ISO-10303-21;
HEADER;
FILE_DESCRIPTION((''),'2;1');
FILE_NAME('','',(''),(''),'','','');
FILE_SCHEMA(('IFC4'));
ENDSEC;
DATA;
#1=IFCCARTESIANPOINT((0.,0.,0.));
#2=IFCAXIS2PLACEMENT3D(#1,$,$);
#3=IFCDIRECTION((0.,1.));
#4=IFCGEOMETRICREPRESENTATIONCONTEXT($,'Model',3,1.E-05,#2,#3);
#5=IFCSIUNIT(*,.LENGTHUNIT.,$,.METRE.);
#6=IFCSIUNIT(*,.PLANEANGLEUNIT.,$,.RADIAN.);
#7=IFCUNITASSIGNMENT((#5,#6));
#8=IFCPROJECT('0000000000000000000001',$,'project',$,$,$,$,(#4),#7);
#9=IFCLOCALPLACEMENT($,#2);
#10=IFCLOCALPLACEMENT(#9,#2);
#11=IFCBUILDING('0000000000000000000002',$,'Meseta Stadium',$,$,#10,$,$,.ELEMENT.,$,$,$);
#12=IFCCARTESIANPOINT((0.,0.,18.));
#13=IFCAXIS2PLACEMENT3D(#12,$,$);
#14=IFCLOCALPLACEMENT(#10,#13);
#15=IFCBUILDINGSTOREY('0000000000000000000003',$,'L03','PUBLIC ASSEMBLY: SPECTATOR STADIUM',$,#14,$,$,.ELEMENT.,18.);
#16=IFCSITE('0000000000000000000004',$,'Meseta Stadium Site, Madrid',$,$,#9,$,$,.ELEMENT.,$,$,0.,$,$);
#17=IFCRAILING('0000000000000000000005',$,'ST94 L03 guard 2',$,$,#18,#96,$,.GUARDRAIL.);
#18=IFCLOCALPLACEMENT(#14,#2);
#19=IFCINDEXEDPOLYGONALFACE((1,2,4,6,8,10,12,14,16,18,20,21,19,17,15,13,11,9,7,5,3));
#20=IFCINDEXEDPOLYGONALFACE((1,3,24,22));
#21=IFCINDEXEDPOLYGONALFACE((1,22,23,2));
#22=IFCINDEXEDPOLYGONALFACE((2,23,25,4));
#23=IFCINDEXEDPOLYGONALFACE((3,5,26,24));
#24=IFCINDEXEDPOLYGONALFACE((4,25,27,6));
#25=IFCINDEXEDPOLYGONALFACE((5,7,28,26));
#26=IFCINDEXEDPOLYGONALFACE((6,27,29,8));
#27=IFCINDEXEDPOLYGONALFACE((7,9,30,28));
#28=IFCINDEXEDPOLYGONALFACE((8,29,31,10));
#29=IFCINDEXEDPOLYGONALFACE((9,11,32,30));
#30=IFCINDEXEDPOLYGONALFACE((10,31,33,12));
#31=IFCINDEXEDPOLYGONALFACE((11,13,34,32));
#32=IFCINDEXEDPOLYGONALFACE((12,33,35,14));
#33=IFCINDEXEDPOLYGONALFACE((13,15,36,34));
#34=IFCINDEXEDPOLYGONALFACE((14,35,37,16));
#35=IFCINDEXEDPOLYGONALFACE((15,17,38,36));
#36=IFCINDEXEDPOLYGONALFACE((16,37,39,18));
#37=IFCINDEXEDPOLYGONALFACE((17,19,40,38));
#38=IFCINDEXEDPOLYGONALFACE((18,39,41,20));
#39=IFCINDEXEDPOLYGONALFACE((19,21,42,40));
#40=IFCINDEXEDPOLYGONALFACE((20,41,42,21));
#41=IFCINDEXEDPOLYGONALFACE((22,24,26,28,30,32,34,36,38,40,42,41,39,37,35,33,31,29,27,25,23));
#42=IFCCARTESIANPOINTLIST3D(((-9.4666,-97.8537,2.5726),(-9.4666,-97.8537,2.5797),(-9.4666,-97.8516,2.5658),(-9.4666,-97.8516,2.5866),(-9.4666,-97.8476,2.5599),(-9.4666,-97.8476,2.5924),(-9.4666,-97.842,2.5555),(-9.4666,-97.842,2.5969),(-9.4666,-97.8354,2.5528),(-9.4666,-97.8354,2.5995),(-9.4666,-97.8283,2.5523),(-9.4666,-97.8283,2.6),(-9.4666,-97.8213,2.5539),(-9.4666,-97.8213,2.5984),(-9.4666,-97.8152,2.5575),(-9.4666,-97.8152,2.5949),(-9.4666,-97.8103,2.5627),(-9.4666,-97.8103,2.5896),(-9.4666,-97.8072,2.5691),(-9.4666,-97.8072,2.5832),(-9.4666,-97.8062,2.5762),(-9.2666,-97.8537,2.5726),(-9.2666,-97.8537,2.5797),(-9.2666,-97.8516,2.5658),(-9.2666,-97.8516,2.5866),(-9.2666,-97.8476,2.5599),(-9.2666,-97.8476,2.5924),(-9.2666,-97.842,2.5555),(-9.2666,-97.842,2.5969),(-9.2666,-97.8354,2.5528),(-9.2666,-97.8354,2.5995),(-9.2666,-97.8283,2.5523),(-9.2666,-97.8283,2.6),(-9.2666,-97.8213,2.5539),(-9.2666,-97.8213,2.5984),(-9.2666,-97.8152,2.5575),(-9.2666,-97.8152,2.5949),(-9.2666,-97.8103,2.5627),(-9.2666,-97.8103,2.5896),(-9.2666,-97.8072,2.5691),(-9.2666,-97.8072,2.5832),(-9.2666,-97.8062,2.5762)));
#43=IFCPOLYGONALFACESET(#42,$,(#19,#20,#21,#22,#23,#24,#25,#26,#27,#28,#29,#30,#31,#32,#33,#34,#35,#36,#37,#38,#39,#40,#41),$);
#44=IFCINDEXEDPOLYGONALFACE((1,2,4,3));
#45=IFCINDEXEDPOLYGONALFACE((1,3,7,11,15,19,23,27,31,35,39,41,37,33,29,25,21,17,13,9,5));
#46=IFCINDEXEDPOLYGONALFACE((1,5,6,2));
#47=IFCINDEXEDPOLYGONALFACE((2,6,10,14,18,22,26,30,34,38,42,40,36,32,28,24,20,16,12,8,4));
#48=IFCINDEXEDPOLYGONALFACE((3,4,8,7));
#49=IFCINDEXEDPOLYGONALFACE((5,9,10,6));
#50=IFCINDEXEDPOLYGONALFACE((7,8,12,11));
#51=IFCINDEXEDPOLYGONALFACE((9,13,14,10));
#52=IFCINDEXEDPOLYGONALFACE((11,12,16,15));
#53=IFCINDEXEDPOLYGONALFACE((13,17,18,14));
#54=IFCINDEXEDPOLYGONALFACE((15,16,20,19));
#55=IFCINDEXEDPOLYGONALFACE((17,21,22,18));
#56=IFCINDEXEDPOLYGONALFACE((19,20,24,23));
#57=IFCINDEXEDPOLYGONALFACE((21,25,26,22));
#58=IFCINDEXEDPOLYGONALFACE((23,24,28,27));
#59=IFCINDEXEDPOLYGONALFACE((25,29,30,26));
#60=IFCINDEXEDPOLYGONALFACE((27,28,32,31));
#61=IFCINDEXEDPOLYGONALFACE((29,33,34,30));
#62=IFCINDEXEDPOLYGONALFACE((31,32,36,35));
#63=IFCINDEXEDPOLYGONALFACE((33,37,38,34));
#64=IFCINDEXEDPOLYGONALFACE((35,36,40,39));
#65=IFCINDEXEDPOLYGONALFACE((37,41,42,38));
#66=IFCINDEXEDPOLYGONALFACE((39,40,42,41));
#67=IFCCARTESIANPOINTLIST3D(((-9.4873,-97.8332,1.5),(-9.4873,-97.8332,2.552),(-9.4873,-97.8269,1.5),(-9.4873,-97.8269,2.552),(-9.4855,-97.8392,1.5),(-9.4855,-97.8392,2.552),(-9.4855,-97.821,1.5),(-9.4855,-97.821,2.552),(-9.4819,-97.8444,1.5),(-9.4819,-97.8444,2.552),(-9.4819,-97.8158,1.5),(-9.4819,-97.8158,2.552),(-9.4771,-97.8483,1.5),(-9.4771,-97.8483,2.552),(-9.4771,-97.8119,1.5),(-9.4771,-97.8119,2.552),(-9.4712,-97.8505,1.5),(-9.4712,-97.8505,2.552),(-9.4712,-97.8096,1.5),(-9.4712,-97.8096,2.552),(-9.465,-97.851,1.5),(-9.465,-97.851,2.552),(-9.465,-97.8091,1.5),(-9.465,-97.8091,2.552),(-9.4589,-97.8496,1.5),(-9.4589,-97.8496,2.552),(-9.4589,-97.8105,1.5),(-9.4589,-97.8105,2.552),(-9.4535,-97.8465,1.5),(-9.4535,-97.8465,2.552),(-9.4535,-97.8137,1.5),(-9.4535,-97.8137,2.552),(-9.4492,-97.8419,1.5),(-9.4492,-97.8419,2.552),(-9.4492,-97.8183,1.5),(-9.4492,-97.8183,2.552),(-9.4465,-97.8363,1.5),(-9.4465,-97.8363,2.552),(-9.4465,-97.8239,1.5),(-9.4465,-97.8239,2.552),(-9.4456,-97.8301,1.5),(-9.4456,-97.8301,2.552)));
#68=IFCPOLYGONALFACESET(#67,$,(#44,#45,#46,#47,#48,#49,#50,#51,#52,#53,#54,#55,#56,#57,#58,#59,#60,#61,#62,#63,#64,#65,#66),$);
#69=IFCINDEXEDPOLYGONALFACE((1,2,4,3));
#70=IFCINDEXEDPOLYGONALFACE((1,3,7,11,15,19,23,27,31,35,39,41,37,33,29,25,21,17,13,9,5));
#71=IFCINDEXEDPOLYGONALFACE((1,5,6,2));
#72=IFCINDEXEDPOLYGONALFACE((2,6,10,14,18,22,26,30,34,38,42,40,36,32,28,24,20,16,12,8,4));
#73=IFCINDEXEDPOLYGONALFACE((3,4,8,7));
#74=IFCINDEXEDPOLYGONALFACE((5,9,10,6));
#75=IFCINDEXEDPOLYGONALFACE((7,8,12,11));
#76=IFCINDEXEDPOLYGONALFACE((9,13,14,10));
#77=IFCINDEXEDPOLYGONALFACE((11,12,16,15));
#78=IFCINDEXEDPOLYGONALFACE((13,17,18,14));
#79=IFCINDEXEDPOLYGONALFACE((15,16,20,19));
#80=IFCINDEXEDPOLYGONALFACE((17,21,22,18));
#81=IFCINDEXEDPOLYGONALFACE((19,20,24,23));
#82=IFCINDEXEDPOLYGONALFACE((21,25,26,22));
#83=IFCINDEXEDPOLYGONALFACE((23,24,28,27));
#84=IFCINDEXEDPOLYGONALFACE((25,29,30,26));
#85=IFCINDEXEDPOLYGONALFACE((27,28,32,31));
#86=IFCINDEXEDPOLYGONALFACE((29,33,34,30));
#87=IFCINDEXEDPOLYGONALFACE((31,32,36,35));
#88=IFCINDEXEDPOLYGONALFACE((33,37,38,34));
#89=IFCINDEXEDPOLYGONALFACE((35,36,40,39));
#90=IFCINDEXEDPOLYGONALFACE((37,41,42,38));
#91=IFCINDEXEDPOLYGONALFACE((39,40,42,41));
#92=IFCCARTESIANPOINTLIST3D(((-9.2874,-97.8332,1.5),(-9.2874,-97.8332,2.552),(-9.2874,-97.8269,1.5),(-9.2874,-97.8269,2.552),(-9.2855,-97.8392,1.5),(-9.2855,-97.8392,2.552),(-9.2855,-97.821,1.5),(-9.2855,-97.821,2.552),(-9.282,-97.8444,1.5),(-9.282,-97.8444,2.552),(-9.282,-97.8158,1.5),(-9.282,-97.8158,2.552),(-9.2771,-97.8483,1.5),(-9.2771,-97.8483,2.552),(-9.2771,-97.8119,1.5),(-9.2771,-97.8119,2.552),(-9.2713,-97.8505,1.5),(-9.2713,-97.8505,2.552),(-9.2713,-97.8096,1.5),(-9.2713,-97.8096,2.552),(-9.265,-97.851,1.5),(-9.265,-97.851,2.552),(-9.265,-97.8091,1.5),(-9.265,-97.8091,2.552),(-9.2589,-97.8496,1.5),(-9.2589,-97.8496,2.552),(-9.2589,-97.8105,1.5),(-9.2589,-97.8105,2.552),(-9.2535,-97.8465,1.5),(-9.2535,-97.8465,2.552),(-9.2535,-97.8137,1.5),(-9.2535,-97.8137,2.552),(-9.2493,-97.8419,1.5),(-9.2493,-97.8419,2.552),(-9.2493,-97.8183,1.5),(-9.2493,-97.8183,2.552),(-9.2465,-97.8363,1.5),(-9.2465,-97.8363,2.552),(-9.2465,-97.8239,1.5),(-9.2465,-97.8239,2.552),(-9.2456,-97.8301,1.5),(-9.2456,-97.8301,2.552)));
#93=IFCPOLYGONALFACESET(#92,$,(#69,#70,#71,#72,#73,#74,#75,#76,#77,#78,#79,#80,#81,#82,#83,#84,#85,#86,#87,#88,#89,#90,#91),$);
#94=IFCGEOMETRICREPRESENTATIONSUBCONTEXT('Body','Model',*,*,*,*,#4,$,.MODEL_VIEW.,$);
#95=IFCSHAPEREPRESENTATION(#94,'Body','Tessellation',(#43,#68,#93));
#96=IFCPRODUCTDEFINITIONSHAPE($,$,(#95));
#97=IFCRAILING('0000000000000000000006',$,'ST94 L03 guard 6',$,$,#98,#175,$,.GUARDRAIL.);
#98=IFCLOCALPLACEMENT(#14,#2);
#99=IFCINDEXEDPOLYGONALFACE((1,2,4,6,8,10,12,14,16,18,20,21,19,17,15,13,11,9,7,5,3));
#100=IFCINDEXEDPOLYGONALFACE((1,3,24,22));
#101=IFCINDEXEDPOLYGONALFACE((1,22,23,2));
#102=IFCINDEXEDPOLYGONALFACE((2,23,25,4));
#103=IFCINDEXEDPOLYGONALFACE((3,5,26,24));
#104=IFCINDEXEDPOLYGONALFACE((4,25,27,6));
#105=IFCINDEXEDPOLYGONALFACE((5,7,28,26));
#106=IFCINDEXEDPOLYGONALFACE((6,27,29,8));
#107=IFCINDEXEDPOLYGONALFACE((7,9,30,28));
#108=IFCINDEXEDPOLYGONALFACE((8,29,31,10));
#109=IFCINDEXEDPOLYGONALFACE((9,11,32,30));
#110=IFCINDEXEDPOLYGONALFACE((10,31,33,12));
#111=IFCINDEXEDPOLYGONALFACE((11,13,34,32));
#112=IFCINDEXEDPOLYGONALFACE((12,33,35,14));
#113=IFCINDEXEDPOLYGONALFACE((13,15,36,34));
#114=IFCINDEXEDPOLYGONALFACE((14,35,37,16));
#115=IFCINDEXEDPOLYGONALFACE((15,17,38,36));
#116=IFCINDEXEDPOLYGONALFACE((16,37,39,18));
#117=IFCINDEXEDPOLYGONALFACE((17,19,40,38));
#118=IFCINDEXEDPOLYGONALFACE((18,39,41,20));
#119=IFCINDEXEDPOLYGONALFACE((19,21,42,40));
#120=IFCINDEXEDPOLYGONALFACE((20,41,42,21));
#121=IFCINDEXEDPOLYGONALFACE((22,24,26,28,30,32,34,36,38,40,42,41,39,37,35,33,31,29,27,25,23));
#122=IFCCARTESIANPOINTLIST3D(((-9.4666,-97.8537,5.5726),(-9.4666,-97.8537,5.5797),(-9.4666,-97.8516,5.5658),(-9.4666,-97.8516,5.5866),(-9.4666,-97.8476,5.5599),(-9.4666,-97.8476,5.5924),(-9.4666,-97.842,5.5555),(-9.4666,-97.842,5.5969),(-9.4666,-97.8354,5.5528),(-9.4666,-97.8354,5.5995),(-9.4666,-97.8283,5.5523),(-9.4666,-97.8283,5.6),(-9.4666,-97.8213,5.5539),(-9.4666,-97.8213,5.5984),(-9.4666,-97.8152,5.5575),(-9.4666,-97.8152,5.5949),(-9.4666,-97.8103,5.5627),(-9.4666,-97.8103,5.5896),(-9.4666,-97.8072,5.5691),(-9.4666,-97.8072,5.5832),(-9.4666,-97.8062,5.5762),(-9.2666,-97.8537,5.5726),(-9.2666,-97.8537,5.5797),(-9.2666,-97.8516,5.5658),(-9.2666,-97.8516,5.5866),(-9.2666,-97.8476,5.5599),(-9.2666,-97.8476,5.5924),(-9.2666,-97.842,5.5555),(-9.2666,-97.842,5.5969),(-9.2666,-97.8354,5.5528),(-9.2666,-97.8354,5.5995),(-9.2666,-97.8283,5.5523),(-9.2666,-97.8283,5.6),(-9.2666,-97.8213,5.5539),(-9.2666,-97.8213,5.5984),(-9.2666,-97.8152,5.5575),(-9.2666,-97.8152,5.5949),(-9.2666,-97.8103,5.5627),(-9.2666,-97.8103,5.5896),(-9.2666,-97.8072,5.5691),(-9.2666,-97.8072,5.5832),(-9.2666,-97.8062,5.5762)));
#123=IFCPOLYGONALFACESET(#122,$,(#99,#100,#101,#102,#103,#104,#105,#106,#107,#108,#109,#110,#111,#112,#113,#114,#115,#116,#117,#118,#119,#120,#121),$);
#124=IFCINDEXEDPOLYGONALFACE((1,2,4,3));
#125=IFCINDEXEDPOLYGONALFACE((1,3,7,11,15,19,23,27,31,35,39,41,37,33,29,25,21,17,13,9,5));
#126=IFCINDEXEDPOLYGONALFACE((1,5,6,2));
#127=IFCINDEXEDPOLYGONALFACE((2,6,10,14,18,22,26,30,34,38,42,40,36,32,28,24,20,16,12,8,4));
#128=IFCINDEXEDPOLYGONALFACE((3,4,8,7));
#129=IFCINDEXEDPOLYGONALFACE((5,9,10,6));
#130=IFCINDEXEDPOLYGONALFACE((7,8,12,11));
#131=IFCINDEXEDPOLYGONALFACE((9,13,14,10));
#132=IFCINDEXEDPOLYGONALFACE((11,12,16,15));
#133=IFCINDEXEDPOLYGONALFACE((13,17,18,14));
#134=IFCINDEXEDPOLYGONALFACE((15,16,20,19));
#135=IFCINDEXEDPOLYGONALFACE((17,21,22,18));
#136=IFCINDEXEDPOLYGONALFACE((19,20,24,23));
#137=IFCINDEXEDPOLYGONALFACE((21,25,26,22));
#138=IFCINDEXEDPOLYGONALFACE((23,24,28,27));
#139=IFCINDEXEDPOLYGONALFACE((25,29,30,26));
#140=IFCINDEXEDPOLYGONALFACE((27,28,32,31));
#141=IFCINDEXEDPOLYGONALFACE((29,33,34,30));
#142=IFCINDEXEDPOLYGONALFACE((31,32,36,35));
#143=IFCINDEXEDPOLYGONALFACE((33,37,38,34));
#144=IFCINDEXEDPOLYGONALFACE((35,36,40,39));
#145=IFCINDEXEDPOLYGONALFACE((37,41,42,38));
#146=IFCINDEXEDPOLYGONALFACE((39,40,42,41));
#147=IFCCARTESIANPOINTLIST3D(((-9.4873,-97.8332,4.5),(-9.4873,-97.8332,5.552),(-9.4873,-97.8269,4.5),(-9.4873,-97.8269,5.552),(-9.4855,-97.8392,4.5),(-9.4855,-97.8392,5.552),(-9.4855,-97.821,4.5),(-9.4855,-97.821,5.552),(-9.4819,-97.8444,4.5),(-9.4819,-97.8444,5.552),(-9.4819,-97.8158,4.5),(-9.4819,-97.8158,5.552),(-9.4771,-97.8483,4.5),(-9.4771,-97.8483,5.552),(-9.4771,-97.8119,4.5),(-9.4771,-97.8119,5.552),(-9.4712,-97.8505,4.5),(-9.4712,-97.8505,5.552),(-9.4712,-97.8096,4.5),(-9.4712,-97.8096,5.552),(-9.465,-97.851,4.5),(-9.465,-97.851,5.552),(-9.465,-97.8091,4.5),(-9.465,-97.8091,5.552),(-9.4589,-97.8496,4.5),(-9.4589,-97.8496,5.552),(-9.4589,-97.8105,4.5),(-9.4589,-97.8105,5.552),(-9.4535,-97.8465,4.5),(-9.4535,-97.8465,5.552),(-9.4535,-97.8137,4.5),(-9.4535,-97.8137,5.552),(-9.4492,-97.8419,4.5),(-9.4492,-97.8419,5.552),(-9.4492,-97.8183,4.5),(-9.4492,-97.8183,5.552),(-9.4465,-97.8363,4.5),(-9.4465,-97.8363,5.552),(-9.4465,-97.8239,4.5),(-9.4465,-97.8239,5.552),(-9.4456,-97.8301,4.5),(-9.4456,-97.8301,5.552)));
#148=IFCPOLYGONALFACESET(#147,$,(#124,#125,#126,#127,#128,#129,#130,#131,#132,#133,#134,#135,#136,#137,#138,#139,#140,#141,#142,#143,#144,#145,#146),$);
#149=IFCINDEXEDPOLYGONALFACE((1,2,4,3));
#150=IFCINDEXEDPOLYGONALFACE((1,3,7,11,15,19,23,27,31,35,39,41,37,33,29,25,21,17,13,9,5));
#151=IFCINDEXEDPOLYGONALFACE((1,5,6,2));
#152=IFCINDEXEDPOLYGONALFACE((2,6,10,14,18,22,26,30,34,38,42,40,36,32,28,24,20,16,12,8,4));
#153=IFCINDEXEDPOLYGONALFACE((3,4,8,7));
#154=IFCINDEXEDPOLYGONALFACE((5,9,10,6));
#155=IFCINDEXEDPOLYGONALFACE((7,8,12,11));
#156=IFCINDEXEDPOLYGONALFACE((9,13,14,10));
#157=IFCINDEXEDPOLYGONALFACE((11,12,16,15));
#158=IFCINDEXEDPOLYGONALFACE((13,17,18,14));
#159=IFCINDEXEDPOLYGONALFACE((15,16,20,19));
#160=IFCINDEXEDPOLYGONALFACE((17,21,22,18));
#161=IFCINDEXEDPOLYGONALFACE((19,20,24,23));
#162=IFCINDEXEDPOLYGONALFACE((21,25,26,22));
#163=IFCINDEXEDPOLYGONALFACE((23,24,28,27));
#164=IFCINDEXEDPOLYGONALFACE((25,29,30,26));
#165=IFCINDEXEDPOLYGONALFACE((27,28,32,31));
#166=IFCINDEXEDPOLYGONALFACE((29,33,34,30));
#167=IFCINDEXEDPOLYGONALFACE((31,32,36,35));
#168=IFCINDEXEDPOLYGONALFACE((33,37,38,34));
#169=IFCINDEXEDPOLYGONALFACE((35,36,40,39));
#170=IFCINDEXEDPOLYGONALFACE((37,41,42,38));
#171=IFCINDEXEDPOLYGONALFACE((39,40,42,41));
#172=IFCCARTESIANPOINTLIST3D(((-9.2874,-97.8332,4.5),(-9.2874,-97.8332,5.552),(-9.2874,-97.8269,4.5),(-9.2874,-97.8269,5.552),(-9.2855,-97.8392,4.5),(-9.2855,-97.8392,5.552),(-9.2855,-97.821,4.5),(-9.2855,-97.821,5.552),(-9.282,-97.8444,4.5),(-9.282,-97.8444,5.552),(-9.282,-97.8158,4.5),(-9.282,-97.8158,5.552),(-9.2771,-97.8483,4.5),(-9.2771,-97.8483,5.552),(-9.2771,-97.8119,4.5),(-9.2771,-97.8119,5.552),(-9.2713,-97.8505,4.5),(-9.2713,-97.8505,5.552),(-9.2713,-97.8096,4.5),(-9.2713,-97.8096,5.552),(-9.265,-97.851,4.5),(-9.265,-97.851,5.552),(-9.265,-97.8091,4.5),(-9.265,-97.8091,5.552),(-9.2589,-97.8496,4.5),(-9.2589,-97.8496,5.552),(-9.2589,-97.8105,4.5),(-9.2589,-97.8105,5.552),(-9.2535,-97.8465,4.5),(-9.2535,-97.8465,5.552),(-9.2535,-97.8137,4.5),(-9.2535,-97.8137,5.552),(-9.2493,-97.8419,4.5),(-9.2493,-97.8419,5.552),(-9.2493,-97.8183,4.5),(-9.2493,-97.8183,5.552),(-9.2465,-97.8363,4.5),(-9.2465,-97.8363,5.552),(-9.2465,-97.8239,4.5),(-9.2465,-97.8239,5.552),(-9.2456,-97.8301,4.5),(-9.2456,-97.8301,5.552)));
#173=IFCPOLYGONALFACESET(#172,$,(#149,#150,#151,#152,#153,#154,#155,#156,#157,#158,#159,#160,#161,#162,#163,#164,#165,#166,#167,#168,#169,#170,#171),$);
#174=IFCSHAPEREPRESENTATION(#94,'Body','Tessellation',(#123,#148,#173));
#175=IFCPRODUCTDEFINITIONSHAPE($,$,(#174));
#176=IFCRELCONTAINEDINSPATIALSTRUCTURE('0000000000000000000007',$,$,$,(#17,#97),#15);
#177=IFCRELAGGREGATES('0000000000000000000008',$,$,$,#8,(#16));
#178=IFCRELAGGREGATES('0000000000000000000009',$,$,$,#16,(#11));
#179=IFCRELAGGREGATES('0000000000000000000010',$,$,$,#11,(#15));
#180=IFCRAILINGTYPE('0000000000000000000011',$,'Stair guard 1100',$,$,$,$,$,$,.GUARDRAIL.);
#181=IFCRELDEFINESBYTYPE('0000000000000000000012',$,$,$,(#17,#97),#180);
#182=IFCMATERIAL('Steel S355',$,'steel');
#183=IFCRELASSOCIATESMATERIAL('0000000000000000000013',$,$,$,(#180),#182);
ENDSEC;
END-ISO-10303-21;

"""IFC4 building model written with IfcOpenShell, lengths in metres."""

from ifc_helpers import new_model, si_unit, direction, frame, origin, origin_2d, place, context, subcontext, project, spatial, circle, extrude, material, type_object, element, save


model = new_model("IFC4")

# Units and contexts
model_context = context("Model", 3, precision=1e-05, world=origin(), true_north=direction((0.0, 1.0)))
body_context = subcontext(model_context, "Body", "Model", "MODEL_VIEW")
ifc_project = project(units=[si_unit("LENGTHUNIT", "METRE"), si_unit("PLANEANGLEUNIT", "RADIAN")], contexts=[model_context])

# Site, building, storey
site_placement = place(None, origin())
site = spatial("IfcSite", under=ifc_project, at=site_placement, Name="Meseta Stadium Site, Madrid", CompositionType="ELEMENT", RefElevation=0.0)
building_placement = place(site_placement, origin())
building = spatial("IfcBuilding", under=site, at=building_placement, Name="Meseta Stadium", CompositionType="ELEMENT")
storey_placement = place(building_placement, frame((0.0, 0.0, 18.0)))
storey = spatial("IfcBuildingStorey", under=building, at=storey_placement, Name="L03", Description="PUBLIC ASSEMBLY: SPECTATOR STADIUM", CompositionType="ELEMENT", Elevation=18.0)

# Railings
ifc_material_1 = material(Name="Steel S355", Category="steel")
railing_type_1 = type_object("IfcRailingType", Name="Stair guard 1100", PredefinedType="GUARDRAIL", material=ifc_material_1)
for number, where, name in (
    (1, (-9.4666, -97.8301, 1.5), "ST94 L03 guard 2"),
    (2, (-9.4666, -97.8301, 4.5), "ST94 L03 guard 6"),
):
    element("IfcRailing", number, at=place(storey_placement, frame(where)), inside=storey, type_object=railing_type_1, Name=name, PredefinedType="GUARDRAIL", context=body_context, shape_type="SweptSolid", body=[
        extrude(circle(Radius=0.0239, at=origin_2d()), frame((0.0, 0.0, 1.0762), z_axis=(1.0, 0.0, 0.0), x_axis=(0.0, 1.0, 0.0)), (0.0, 0.0, 1.0), 0.2),
        extrude(circle(Radius=0.021, at=origin_2d()), origin(), (0.0, 0.0, 1.0), 1.052),
        extrude(circle(Radius=0.021, at=origin_2d()), frame((0.2, 0.0, 0.0)), (0.0, 0.0, 1.0), 1.052),
    ])

save(model, "model.ifc")
